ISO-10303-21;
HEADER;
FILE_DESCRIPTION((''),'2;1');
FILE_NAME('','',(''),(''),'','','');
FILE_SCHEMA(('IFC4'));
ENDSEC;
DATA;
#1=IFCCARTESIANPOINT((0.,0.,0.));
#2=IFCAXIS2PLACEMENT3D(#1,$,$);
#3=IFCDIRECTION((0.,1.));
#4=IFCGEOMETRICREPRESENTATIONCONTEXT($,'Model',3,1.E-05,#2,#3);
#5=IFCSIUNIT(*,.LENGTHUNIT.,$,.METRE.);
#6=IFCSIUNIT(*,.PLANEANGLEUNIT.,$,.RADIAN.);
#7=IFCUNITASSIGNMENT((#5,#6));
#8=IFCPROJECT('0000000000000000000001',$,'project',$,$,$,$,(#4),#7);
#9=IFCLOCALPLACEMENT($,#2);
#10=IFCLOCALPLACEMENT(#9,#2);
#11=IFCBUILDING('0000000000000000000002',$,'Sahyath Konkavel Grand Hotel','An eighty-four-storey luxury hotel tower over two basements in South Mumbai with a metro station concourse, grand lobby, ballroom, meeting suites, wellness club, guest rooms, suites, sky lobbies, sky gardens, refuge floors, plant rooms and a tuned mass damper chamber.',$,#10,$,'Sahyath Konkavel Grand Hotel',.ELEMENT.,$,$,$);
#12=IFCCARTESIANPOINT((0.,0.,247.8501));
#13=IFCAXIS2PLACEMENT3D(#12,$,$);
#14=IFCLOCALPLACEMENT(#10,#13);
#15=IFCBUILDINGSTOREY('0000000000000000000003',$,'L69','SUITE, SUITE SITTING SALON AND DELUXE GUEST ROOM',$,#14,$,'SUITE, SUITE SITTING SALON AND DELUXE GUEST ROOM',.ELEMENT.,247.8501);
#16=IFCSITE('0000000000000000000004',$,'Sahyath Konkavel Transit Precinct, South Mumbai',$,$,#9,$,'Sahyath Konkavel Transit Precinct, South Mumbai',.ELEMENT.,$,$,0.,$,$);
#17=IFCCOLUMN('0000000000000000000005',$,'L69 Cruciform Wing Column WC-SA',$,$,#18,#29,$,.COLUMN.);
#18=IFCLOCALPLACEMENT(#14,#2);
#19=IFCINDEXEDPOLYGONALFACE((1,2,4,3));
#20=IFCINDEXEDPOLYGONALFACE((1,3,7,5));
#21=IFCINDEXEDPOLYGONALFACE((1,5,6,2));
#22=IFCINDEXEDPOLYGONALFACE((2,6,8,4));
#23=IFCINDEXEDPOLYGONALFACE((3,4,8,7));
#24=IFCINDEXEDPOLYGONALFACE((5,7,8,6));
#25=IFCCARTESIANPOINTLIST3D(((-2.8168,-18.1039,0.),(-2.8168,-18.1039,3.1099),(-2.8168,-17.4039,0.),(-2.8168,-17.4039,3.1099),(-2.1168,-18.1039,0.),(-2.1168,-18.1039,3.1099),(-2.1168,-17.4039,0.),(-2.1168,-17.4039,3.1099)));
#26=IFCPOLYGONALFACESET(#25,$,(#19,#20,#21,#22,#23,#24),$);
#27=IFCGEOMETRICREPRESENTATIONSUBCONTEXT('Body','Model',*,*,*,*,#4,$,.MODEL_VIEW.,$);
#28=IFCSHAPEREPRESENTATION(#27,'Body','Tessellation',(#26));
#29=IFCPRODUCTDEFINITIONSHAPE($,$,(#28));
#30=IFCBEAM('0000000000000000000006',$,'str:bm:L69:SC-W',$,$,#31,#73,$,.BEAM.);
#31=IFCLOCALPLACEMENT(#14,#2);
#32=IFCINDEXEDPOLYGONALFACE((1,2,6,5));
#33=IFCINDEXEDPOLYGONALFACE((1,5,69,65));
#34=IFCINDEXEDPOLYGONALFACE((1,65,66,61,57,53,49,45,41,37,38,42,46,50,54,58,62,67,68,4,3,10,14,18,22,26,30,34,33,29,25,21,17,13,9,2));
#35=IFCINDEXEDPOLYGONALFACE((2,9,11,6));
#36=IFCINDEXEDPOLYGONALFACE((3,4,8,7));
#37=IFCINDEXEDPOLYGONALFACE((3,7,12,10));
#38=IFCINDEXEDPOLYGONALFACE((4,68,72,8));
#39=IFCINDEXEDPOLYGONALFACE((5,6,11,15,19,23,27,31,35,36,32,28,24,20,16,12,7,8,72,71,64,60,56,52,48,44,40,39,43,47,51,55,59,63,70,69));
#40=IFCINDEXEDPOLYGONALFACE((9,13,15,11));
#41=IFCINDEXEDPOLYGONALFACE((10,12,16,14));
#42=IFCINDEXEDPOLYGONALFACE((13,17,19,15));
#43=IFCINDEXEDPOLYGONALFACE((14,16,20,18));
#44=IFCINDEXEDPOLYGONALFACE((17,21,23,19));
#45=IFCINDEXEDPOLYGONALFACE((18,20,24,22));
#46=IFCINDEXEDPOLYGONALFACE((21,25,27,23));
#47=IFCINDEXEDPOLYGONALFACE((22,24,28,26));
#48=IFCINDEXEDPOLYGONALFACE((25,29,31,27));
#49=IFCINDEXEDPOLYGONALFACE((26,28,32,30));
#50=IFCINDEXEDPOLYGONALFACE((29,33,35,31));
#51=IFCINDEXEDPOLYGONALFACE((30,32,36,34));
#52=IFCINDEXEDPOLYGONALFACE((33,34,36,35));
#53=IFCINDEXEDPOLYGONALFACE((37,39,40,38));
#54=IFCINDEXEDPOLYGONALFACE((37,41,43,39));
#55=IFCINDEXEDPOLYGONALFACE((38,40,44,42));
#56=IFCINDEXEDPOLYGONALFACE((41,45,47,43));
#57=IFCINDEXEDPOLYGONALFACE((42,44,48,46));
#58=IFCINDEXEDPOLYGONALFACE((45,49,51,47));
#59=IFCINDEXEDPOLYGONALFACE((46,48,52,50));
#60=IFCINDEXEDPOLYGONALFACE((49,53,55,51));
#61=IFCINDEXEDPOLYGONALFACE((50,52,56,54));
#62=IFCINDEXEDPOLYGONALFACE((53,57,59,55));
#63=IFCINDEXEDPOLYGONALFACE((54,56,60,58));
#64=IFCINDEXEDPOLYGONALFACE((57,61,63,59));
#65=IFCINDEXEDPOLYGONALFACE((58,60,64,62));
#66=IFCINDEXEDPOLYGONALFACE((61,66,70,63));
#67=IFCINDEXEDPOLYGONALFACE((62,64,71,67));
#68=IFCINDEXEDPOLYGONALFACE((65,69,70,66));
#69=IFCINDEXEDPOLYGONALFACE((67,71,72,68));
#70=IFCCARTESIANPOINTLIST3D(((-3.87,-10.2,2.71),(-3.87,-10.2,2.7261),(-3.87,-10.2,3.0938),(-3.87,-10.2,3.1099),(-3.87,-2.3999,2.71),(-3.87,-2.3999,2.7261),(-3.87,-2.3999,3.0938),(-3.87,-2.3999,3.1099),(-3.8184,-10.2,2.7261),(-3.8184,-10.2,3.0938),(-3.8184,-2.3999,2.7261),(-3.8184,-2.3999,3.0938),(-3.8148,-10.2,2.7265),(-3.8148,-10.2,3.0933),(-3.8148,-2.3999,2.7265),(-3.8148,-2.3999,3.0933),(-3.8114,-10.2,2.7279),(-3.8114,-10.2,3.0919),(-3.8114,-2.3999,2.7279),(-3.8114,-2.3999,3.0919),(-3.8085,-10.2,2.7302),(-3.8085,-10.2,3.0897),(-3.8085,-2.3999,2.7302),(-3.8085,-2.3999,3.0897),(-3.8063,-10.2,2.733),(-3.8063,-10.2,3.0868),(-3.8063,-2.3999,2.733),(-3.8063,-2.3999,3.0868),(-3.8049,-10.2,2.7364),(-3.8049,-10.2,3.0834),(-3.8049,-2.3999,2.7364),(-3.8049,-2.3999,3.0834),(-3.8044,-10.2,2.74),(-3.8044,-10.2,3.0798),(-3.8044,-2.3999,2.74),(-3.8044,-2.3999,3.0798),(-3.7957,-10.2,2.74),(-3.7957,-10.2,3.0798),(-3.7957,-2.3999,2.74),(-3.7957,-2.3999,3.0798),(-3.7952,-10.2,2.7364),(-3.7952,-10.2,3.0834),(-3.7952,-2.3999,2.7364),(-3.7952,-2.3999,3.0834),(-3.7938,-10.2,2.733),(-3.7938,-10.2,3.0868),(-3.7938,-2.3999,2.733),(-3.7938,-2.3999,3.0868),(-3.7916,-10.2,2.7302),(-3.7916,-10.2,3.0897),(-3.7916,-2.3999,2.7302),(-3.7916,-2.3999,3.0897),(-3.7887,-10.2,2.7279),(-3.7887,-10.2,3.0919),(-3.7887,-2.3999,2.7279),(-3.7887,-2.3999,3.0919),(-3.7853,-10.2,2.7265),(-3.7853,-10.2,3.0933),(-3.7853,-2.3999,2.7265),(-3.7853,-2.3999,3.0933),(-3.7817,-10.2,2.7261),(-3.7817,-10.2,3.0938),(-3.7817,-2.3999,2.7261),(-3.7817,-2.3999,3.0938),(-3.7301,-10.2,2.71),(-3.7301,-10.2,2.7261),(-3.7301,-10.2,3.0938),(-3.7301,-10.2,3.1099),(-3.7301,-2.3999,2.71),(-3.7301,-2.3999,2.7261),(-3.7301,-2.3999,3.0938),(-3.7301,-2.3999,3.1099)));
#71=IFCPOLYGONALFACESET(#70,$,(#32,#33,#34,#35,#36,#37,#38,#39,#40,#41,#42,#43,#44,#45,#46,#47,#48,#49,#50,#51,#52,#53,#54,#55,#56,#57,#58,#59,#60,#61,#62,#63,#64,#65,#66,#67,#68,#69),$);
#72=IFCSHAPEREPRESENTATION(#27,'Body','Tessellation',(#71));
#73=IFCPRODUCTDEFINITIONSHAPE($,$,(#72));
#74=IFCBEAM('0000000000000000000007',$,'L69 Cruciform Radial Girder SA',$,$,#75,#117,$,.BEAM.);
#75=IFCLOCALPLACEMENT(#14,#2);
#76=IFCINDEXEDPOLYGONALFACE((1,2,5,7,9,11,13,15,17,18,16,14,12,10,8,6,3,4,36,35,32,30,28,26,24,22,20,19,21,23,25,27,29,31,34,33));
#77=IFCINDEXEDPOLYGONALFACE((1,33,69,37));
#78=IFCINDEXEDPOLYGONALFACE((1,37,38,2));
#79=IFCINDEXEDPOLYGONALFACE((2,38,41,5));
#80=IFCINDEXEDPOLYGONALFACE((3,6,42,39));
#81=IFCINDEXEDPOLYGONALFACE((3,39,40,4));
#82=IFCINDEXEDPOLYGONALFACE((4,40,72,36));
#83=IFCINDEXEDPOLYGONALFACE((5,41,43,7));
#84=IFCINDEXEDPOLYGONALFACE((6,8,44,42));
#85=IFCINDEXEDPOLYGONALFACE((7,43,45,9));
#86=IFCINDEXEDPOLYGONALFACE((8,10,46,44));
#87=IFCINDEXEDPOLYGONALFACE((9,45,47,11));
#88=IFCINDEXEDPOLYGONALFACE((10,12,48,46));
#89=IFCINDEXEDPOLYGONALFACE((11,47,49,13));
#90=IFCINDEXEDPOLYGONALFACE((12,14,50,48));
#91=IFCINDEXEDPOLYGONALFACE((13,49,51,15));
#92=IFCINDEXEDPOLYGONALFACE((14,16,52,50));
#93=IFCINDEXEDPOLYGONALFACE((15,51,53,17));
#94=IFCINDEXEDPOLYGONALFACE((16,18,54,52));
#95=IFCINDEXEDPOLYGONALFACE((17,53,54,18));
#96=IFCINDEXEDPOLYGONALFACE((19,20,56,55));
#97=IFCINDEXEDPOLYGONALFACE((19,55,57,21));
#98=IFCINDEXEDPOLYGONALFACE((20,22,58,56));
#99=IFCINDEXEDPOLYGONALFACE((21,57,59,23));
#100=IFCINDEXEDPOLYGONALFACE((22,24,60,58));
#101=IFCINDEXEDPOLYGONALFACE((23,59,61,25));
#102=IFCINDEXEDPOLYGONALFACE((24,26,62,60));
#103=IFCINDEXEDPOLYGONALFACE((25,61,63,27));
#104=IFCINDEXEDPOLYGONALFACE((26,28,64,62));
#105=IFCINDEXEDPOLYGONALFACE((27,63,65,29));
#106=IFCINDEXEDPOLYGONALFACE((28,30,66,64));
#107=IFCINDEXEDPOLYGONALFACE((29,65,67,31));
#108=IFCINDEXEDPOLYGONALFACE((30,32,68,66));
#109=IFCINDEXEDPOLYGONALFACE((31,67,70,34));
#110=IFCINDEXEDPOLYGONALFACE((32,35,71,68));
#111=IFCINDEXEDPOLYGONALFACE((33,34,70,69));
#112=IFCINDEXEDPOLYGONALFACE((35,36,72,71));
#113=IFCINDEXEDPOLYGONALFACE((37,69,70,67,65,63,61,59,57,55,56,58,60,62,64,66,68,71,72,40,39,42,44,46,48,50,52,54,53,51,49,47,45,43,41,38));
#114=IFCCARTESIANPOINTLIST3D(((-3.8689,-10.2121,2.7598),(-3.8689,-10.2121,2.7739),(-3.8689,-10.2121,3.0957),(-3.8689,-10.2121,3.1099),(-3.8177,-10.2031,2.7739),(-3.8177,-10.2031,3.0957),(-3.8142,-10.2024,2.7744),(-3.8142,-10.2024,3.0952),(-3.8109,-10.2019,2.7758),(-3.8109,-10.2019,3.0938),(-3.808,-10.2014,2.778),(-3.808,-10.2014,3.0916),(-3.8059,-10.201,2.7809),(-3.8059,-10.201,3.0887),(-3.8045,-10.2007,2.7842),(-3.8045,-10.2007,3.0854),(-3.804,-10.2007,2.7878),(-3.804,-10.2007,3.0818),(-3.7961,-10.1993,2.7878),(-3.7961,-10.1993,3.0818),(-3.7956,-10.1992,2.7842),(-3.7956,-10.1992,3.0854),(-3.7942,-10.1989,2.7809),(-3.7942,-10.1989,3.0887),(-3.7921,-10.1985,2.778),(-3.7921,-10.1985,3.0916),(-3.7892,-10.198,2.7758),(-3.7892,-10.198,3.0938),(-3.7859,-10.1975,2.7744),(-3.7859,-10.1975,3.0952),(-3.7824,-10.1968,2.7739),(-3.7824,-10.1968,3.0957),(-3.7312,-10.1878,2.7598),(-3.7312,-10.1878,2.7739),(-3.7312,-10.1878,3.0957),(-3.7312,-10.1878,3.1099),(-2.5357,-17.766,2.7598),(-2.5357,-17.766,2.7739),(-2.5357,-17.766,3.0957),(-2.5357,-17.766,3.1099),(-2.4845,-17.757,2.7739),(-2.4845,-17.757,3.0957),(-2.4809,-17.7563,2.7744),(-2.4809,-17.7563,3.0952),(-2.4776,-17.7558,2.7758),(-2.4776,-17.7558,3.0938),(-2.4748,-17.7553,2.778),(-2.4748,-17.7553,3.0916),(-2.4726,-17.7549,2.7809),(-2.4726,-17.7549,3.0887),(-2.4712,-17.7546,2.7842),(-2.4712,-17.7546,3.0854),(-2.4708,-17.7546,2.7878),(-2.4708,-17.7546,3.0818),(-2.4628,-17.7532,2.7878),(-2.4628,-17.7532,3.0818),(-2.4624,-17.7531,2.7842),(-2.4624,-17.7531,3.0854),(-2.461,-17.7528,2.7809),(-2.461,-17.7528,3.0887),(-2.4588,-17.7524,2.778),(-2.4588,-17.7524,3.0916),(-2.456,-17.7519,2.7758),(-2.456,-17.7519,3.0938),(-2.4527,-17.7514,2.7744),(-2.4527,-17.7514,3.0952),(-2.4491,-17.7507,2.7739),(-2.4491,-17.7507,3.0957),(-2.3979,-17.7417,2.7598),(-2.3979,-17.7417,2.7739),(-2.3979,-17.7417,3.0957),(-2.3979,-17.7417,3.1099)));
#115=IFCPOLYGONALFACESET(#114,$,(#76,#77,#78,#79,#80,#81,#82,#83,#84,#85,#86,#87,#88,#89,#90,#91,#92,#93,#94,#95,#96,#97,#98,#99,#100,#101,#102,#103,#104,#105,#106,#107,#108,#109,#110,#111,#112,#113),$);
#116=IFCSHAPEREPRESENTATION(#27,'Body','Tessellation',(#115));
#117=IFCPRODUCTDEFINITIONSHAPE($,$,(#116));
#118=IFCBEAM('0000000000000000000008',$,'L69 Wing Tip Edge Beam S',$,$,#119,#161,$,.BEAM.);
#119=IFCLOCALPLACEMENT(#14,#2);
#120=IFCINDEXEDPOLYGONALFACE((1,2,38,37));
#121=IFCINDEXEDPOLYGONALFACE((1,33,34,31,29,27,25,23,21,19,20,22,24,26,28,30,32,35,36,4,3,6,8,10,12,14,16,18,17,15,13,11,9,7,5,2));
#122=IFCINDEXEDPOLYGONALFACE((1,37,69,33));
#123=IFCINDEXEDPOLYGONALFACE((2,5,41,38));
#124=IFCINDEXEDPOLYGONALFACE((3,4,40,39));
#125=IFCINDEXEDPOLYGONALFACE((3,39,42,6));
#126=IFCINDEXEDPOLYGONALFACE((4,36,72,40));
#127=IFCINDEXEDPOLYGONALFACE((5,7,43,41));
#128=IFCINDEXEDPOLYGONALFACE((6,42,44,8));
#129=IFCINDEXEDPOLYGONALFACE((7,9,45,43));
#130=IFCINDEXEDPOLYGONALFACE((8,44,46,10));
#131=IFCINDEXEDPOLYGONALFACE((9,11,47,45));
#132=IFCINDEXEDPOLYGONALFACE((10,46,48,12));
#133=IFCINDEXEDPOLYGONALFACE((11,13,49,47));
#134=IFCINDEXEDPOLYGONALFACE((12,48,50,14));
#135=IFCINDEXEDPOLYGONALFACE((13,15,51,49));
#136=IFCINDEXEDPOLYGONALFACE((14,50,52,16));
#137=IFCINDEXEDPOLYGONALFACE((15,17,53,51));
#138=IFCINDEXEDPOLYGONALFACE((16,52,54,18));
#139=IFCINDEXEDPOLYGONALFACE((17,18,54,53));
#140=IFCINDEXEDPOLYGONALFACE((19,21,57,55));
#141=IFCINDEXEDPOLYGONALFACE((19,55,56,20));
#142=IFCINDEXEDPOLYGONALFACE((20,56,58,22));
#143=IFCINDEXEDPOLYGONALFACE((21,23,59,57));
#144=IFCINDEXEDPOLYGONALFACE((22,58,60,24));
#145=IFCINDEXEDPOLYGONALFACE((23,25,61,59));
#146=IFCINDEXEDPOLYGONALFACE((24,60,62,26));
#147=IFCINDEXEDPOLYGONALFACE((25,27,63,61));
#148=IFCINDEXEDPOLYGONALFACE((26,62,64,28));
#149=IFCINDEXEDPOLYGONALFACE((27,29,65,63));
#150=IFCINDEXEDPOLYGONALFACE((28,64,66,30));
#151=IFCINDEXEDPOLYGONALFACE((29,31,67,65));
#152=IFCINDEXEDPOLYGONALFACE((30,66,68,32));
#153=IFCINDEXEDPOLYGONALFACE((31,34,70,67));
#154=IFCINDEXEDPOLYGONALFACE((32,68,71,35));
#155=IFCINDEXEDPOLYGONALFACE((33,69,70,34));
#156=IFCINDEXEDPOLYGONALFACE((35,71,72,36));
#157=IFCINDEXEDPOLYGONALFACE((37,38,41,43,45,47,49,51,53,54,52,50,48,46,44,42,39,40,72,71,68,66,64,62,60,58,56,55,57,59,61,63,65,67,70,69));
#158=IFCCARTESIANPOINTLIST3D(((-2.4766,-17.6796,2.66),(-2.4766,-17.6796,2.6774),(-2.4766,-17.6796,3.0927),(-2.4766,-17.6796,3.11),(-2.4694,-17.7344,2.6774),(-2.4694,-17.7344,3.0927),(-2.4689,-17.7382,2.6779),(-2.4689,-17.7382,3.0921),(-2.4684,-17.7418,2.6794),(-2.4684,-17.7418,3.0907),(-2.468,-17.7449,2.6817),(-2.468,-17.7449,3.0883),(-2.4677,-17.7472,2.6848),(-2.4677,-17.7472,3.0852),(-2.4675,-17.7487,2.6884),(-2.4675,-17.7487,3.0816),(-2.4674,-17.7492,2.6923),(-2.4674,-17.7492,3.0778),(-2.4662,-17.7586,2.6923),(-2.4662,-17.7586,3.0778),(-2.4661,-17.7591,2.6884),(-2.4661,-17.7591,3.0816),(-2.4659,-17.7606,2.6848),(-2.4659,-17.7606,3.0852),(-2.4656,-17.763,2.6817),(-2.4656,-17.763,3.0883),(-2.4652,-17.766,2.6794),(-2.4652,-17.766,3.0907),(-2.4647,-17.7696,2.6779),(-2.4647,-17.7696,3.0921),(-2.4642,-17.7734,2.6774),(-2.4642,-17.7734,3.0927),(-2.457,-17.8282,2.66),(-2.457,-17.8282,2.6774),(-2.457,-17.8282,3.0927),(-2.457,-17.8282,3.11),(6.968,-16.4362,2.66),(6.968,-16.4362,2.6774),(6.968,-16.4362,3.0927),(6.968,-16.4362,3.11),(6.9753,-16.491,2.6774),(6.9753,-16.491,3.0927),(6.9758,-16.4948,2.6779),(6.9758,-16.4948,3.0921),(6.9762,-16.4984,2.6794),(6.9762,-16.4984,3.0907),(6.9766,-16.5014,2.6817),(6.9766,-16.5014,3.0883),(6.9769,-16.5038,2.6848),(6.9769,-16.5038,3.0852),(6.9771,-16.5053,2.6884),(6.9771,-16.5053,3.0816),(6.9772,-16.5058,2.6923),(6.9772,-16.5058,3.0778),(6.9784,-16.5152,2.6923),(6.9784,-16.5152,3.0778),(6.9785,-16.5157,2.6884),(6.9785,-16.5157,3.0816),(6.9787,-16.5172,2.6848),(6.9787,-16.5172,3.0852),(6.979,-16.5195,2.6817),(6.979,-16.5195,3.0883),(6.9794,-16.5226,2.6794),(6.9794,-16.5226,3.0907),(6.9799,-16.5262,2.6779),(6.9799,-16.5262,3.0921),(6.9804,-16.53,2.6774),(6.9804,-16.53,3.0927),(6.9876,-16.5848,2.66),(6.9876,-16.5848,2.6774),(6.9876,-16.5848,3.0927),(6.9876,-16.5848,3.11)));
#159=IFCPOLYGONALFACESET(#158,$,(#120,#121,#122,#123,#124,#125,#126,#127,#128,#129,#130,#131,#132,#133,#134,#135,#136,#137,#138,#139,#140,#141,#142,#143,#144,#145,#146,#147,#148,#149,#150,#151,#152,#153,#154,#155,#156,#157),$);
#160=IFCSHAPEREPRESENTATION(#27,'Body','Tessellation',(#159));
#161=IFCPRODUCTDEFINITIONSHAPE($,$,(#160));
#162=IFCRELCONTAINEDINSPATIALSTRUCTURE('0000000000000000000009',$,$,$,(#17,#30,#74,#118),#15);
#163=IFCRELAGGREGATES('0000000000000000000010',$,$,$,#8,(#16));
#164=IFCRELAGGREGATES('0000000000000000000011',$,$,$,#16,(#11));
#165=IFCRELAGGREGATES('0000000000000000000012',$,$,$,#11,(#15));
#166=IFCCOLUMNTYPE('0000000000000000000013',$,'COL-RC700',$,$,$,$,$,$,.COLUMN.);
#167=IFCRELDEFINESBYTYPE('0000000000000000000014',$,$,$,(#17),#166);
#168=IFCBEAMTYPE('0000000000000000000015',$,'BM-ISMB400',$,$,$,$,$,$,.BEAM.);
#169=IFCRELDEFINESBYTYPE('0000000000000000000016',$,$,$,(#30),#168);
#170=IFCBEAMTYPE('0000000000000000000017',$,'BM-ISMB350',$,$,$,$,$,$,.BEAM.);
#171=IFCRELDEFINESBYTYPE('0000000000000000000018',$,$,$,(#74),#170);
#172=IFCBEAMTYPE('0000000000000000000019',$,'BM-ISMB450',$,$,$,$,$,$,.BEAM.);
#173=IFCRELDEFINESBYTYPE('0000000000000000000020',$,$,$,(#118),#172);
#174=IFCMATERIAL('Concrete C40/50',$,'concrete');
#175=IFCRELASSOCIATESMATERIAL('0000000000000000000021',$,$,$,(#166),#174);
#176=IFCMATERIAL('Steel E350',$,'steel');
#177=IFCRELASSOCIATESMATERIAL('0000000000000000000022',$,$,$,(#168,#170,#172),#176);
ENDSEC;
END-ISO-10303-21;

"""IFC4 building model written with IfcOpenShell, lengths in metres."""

from ifc_helpers import new_model, si_unit, direction, frame, origin, origin_2d, place, context, subcontext, project, spatial, rectangle, i_section, extrude, source, transform, mapped, material, material_profile, profile_set, type_object, element, save


model = new_model("IFC4")

# Units and contexts
model_context = context("Model", 3, precision=1e-05, world=origin(), true_north=direction((0.0, 1.0)))
body_context = subcontext(model_context, "Body", "Model", "MODEL_VIEW")
ifc_project = project(units=[si_unit("LENGTHUNIT", "METRE"), si_unit("PLANEANGLEUNIT", "RADIAN")], contexts=[model_context])

# Site, building, storey
site_placement = place(None, origin())
site = spatial("IfcSite", under=ifc_project, at=site_placement, Name="Sahyath Konkavel Transit Precinct, South Mumbai", LongName="Sahyath Konkavel Transit Precinct, South Mumbai", CompositionType="ELEMENT", RefElevation=0.0)
building_placement = place(site_placement, origin())
building = spatial("IfcBuilding", under=site, at=building_placement, Name="Sahyath Konkavel Grand Hotel", Description="An eighty-four-storey luxury hotel tower over two basements in South Mumbai with a metro station concourse, grand lobby, ballroom, meeting suites, wellness club, guest rooms, suites, sky lobbies, sky gardens, refuge floors, plant rooms and a tuned mass damper chamber.", LongName="Sahyath Konkavel Grand Hotel", CompositionType="ELEMENT")
storey_placement = place(building_placement, frame((0.0, 0.0, 247.8501)))
storey = spatial("IfcBuildingStorey", under=building, at=storey_placement, Name="L69", Description="SUITE, SUITE SITTING SALON AND DELUXE GUEST ROOM", LongName="SUITE, SUITE SITTING SALON AND DELUXE GUEST ROOM", CompositionType="ELEMENT", Elevation=247.8501)

# Column
ifc_material_1 = material(Name="Concrete C40/50", Category="concrete")
ifc_material_profile_1 = material_profile(ifc_material_1, rectangle(XDim=0.7, YDim=0.7, at=origin_2d()), Name="RC 700x700")
ifc_profile_set_1 = profile_set([ifc_material_profile_1], Name="Concrete C40/50")
column_type = type_object("IfcColumnType", Name="COL-RC700", PredefinedType="COLUMN", material=ifc_profile_set_1)
shared_shape_1 = source(origin(), body_context, "Body", "SweptSolid", [
    extrude(rectangle(XDim=0.7, YDim=0.7, at=origin_2d()), origin(), (0.0, 0.0, 1.0), 3.1099),
])
column_placement = place(storey_placement, frame((-2.4668, -17.7539, 0.0), z_axis=(0.0, 0.0, 1.0), x_axis=(1.0, 0.0, 0.0)))
element("IfcColumn", 1, at=column_placement, inside=storey, type_object=column_type, Name="L69 Cruciform Wing Column WC-SA", PredefinedType="COLUMN", context=body_context, shape_type="MappedRepresentation", body=[
    mapped(shared_shape_1, transform((0.0, 0.0, 0.0), scale=1.0)),
])

# Beams
ifc_material_2 = material(Name="Steel E350", Category="steel")
ifc_material_profile_2 = material_profile(ifc_material_2, i_section(OverallWidth=0.1399, OverallDepth=0.3999, WebThickness=0.0088, FlangeThickness=0.0161, FilletRadius=0.0139, at=origin_2d()), Name="ISMB 400")
ifc_profile_set_2 = profile_set([ifc_material_profile_2], Name="Steel E350")
beam_type_1 = type_object("IfcBeamType", Name="BM-ISMB400", PredefinedType="BEAM", material=ifc_profile_set_2)
shared_shape_2 = source(origin(), body_context, "Body", "SweptSolid", [
    extrude(i_section(OverallWidth=0.1399, OverallDepth=0.3999, WebThickness=0.0088, FlangeThickness=0.0161, FilletRadius=0.0139, at=origin_2d()), origin(), (0.0, 0.0, 1.0), 7.8),
])
beam_1_placement = place(storey_placement, frame((-3.8, -10.2, 2.9099), z_axis=(0.0, 1.0, 0.0), x_axis=(-1.0, 0.0, 0.0)))
element("IfcBeam", 2, at=beam_1_placement, inside=storey, type_object=beam_type_1, Name="str:bm:L69:SC-W", PredefinedType="BEAM", context=body_context, shape_type="MappedRepresentation", body=[
    mapped(shared_shape_2, transform((0.0, 0.0, 0.0), scale=1.0)),
])
ifc_material_profile_3 = material_profile(ifc_material_2, i_section(OverallWidth=0.1399, OverallDepth=0.3501, WebThickness=0.0081, FlangeThickness=0.0142, FilletRadius=0.0139, at=origin_2d()), Name="ISMB 350")
ifc_profile_set_3 = profile_set([ifc_material_profile_3], Name="Steel E350")
beam_type_2 = type_object("IfcBeamType", Name="BM-ISMB350", PredefinedType="BEAM", material=ifc_profile_set_3)
shared_shape_3 = source(origin(), body_context, "Body", "SweptSolid", [
    extrude(i_section(OverallWidth=0.1399, OverallDepth=0.3501, WebThickness=0.0081, FlangeThickness=0.0142, FilletRadius=0.0139, at=origin_2d()), origin(), (0.0, 0.0, 1.0), 7.6707),
])
beam_2_placement = place(storey_placement, frame((-3.8, -10.2, 2.9348), z_axis=(0.173811, -0.984779, 0.0), x_axis=(0.984779, 0.173811, 0.0)))
element("IfcBeam", 3, at=beam_2_placement, inside=storey, type_object=beam_type_2, Name="L69 Cruciform Radial Girder SA", PredefinedType="BEAM", context=body_context, shape_type="MappedRepresentation", body=[
    mapped(shared_shape_3, transform((0.0, 0.0, 0.0), scale=1.0)),
])
ifc_material_profile_4 = material_profile(ifc_material_2, i_section(OverallWidth=0.1499, OverallDepth=0.45, WebThickness=0.0095, FlangeThickness=0.0173, FilletRadius=0.0149, at=origin_2d()), Name="ISMB 450")
ifc_profile_set_4 = profile_set([ifc_material_profile_4], Name="Steel E350")
beam_type_3 = type_object("IfcBeamType", Name="BM-ISMB450", PredefinedType="BEAM", material=ifc_profile_set_4)
shared_shape_4 = source(origin(), body_context, "Body", "SweptSolid", [
    extrude(i_section(OverallWidth=0.1499, OverallDepth=0.45, WebThickness=0.0095, FlangeThickness=0.0173, FilletRadius=0.0149, at=origin_2d()), origin(), (0.0, 0.0, 1.0), 9.5261),
])
beam_3_placement = place(storey_placement, frame((-2.4668, -17.7539, 2.885), z_axis=(0.991445, 0.130527, 0.0), x_axis=(-0.130527, 0.991445, 0.0)))
element("IfcBeam", 4, at=beam_3_placement, inside=storey, type_object=beam_type_3, Name="L69 Wing Tip Edge Beam S", PredefinedType="BEAM", context=body_context, shape_type="MappedRepresentation", body=[
    mapped(shared_shape_4, transform((0.0, 0.0, 0.0), scale=1.0)),
])

save(model, "model.ifc")
